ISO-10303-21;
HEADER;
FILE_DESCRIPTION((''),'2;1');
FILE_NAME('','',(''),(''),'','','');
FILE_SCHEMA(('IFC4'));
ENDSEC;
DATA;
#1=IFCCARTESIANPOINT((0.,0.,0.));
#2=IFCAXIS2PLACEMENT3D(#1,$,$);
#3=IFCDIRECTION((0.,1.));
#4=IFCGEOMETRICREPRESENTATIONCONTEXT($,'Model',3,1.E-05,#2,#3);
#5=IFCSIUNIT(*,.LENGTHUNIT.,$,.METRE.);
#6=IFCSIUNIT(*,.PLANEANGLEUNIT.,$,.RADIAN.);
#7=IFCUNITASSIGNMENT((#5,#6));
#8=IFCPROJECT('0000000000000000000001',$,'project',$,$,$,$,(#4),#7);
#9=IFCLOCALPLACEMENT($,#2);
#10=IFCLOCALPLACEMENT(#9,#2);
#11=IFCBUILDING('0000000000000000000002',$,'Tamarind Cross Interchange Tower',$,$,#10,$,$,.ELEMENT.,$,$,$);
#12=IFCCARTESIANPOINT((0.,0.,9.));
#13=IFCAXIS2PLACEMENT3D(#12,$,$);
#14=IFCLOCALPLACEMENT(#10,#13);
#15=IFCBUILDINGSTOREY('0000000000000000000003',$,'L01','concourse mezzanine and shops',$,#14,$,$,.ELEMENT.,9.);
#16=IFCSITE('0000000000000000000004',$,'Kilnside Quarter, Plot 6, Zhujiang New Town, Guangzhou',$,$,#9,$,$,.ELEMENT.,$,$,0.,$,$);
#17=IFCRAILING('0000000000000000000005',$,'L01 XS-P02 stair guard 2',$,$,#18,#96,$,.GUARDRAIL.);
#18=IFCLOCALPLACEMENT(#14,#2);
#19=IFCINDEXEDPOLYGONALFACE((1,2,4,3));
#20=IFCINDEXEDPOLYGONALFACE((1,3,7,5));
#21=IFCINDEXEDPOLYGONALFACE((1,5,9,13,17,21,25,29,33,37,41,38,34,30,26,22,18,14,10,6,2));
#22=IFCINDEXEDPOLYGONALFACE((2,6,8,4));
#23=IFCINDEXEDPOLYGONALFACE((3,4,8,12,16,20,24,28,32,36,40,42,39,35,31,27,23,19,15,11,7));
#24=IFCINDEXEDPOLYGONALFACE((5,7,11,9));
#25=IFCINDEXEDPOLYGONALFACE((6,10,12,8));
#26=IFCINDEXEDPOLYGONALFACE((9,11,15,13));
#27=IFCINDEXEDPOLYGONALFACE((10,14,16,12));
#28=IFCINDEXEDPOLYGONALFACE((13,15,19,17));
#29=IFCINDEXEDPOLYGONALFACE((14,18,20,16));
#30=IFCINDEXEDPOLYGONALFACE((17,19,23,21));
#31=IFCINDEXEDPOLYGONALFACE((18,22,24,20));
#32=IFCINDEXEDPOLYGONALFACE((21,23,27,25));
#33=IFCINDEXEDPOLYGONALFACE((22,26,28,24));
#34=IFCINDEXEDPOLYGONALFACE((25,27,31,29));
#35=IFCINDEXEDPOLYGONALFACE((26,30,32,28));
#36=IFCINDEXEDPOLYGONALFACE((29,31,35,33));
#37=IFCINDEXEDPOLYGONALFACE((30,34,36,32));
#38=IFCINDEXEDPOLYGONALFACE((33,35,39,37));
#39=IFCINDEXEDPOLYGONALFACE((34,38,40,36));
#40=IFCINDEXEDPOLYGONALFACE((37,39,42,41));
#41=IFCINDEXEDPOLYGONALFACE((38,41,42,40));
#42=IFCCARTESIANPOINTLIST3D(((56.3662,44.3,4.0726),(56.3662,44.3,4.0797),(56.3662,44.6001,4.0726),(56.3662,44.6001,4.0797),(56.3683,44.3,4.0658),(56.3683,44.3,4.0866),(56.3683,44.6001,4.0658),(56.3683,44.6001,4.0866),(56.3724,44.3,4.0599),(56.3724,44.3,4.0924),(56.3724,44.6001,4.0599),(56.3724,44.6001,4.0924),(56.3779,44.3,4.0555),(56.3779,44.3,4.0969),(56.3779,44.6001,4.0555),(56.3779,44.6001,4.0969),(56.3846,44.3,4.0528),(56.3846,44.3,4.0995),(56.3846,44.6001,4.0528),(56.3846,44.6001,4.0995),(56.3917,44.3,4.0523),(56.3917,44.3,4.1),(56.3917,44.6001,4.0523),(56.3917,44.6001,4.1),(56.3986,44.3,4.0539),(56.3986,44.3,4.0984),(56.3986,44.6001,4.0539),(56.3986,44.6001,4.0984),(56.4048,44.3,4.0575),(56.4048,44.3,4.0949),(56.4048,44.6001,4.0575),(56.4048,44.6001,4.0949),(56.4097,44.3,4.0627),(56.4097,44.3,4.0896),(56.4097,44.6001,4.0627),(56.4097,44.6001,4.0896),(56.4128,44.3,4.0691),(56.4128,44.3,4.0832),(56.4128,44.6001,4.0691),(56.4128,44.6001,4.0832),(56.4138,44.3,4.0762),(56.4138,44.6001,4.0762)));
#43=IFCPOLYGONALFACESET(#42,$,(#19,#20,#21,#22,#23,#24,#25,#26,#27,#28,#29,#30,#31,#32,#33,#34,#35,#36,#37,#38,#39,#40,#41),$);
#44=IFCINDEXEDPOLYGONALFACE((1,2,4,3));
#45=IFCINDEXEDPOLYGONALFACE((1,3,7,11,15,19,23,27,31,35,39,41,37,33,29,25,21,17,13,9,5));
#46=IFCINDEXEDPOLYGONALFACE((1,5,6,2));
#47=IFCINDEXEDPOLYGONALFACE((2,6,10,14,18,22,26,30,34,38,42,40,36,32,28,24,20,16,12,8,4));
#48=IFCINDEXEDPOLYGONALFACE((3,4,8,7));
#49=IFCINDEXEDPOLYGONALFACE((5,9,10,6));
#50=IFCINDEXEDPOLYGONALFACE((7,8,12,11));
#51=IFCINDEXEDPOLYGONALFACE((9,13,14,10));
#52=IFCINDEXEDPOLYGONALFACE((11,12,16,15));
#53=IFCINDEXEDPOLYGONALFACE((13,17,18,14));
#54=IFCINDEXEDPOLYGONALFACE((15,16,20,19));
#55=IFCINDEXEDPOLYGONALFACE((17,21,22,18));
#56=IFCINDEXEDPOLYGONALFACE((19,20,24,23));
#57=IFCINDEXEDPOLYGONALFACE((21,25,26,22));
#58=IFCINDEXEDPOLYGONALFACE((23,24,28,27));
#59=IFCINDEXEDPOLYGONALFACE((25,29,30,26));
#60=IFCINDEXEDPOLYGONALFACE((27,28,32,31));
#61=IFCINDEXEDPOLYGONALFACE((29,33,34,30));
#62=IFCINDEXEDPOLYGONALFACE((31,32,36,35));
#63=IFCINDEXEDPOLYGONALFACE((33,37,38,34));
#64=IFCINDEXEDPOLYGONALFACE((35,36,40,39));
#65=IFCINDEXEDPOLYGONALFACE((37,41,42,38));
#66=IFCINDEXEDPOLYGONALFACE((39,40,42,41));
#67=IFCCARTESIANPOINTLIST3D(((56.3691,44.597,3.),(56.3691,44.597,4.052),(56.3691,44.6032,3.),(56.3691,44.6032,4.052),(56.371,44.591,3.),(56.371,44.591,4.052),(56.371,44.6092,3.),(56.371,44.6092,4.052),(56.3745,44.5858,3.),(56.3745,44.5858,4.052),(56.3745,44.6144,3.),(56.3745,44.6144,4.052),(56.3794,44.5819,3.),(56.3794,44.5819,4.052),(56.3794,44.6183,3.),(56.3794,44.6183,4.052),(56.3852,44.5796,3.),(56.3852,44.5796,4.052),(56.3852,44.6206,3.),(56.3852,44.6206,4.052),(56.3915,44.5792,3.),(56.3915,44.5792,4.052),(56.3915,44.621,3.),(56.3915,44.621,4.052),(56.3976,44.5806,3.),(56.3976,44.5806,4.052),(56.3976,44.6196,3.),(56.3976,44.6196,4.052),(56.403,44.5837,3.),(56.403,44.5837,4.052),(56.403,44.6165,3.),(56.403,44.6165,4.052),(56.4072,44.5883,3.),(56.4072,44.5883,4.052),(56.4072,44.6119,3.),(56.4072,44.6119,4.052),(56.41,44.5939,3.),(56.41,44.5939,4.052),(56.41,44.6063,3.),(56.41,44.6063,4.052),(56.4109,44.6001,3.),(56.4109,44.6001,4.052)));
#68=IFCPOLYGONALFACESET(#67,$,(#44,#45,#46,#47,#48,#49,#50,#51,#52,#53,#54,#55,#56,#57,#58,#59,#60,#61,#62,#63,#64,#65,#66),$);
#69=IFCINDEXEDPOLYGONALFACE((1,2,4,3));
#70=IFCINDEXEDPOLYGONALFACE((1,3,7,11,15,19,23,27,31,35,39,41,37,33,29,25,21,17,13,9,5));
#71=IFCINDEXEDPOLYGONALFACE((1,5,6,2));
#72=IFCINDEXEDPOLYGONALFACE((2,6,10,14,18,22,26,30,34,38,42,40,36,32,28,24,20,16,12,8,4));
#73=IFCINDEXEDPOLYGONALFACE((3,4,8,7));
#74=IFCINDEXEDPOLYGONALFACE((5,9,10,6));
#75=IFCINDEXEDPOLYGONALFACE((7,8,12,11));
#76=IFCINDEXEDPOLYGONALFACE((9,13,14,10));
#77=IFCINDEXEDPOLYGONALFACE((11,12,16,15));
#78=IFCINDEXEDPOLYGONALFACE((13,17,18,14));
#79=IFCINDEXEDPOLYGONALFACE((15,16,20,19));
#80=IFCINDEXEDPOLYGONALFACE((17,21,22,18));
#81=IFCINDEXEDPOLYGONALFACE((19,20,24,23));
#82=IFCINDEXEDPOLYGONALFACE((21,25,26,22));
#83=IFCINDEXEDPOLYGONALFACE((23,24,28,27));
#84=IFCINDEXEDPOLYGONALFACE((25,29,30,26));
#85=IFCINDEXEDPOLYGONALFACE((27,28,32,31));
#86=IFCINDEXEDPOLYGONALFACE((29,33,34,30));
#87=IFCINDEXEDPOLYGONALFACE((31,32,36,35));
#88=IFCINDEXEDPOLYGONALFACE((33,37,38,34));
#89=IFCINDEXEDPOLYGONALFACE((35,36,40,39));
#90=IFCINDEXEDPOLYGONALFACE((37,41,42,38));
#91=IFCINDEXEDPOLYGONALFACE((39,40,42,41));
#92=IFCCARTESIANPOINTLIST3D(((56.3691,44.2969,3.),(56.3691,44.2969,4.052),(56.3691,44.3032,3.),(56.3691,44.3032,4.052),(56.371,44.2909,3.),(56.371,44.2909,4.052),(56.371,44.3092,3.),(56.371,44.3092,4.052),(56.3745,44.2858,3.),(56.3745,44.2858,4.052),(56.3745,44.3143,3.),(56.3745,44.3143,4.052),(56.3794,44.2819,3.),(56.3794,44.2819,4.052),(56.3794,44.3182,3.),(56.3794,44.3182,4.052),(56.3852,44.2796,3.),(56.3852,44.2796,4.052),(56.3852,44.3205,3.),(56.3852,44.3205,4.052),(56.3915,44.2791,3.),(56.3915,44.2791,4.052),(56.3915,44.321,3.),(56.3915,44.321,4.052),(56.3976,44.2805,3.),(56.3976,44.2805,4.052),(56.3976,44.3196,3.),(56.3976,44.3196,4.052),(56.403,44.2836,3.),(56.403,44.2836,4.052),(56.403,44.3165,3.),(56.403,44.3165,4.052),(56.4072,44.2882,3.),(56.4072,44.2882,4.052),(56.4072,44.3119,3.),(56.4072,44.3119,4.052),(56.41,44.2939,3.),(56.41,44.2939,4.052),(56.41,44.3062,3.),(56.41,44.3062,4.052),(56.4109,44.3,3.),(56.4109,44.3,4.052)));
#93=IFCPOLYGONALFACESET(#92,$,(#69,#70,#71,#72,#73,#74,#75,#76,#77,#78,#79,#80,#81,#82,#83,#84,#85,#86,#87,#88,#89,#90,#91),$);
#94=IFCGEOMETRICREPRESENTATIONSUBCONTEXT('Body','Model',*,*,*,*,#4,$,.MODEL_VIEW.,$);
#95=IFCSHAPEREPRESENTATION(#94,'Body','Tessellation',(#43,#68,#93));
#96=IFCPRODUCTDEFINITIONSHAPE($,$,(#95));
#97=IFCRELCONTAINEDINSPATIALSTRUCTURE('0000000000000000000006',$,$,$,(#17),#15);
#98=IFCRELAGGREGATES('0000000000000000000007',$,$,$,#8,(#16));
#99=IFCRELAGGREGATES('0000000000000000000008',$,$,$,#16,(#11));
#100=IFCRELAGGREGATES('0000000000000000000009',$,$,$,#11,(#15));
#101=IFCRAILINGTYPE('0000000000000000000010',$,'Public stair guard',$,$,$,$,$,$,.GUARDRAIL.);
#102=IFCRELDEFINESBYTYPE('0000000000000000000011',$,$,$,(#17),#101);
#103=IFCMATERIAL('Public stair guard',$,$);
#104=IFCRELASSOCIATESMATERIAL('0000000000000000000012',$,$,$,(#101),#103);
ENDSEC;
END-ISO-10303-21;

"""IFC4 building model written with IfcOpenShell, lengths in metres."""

from ifc_helpers import new_model, si_unit, direction, frame, origin, origin_2d, place, context, subcontext, project, spatial, circle, extrude, material, type_object, element, save


model = new_model("IFC4")

# Units and contexts
model_context = context("Model", 3, precision=1e-05, world=origin(), true_north=direction((0.0, 1.0)))
body_context = subcontext(model_context, "Body", "Model", "MODEL_VIEW")
ifc_project = project(units=[si_unit("LENGTHUNIT", "METRE"), si_unit("PLANEANGLEUNIT", "RADIAN")], contexts=[model_context])

# Site, building, storey
site_placement = place(None, origin())
site = spatial("IfcSite", under=ifc_project, at=site_placement, Name="Kilnside Quarter, Plot 6, Zhujiang New Town, Guangzhou", CompositionType="ELEMENT", RefElevation=0.0)
building_placement = place(site_placement, origin())
building = spatial("IfcBuilding", under=site, at=building_placement, Name="Tamarind Cross Interchange Tower", CompositionType="ELEMENT")
storey_placement = place(building_placement, frame((0.0, 0.0, 9.0)))
storey = spatial("IfcBuildingStorey", under=building, at=storey_placement, Name="L01", Description="concourse mezzanine and shops", CompositionType="ELEMENT", Elevation=9.0)

# Railing
ifc_material_1 = material(Name="Public stair guard")
railing_type_1 = type_object("IfcRailingType", Name="Public stair guard", PredefinedType="GUARDRAIL", material=ifc_material_1)
railing_1_placement = place(storey_placement, frame((56.3899, 44.6001, 3.0)))
element("IfcRailing", 1, at=railing_1_placement, inside=storey, type_object=railing_type_1, Name="L01 XS-P02 stair guard 2", PredefinedType="GUARDRAIL", context=body_context, shape_type="SweptSolid", body=[
    extrude(circle(Radius=0.0239, at=origin_2d()), frame((0.0, 0.0, 1.0762), z_axis=(0.0, -1.0, 0.0), x_axis=(1.0, 0.0, 0.0)), (0.0, 0.0, 1.0), 0.3),
    extrude(circle(Radius=0.021, at=origin_2d()), origin(), (0.0, 0.0, 1.0), 1.052),
    extrude(circle(Radius=0.021, at=origin_2d()), frame((0.0, -0.3, 0.0)), (0.0, 0.0, 1.0), 1.052),
])

save(model, "model.ifc")
